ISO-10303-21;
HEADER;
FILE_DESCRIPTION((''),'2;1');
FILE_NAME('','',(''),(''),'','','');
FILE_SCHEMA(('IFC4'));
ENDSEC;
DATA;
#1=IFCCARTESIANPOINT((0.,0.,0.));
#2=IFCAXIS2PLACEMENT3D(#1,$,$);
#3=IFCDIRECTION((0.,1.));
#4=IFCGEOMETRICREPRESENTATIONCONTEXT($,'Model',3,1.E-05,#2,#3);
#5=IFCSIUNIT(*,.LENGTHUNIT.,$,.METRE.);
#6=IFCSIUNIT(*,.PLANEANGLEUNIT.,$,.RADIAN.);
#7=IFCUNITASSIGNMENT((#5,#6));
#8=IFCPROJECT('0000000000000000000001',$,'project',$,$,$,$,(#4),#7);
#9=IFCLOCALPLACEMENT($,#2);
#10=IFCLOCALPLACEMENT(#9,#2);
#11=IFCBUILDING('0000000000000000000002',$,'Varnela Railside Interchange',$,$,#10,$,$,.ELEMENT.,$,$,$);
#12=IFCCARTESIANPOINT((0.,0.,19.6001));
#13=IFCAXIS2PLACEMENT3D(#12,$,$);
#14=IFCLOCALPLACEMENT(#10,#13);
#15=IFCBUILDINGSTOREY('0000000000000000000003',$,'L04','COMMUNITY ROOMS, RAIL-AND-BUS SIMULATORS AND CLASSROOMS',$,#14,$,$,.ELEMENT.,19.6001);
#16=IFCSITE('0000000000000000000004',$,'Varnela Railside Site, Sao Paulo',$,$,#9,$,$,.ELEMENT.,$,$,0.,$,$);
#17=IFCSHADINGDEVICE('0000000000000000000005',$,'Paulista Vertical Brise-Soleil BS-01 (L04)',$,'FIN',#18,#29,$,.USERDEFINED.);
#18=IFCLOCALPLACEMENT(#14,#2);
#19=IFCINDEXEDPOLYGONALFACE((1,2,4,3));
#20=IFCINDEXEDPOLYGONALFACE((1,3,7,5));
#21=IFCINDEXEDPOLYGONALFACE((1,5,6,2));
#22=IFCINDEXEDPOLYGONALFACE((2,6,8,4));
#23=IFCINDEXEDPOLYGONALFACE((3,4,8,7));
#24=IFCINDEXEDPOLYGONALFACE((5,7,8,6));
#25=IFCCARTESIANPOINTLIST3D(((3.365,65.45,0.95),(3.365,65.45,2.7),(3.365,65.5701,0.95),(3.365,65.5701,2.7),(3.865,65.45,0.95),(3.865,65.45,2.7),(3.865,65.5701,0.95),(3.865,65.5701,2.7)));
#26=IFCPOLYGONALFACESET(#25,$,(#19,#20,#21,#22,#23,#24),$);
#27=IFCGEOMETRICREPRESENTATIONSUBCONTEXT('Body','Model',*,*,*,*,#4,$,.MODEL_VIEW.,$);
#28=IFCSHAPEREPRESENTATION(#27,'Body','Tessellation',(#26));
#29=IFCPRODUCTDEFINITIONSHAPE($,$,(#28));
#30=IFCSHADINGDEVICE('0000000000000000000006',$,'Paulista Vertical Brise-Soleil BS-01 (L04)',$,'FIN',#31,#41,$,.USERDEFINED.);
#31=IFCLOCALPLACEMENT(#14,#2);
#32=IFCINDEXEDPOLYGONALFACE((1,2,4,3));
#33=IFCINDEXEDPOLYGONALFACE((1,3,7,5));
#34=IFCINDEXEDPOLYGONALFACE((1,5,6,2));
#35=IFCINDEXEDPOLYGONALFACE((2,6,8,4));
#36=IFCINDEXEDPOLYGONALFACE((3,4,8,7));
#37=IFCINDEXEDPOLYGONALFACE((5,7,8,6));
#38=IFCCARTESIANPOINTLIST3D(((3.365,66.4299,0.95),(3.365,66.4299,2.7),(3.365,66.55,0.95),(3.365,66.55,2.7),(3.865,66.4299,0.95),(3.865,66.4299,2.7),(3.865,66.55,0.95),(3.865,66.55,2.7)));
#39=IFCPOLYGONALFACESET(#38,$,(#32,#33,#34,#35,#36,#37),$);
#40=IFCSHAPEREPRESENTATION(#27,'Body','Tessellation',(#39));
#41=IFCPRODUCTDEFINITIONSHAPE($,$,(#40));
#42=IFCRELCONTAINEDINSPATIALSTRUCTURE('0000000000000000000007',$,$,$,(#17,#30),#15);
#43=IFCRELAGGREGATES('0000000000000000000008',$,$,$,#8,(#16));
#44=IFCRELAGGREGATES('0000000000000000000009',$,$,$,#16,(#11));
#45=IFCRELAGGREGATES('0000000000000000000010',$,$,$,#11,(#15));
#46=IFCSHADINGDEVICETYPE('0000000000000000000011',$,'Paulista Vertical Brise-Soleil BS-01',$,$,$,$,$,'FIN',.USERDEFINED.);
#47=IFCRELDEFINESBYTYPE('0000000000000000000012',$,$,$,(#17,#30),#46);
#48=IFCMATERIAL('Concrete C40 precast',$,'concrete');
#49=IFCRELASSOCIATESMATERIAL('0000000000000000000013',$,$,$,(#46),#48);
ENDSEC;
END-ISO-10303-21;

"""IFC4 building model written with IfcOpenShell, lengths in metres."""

from ifc_helpers import new_model, si_unit, direction, frame, origin, origin_2d, place, context, subcontext, project, spatial, rectangle, extrude, material, type_object, element, save


model = new_model("IFC4")

# Units and contexts
model_context = context("Model", 3, precision=1e-05, world=origin(), true_north=direction((0.0, 1.0)))
body_context = subcontext(model_context, "Body", "Model", "MODEL_VIEW")
ifc_project = project(units=[si_unit("LENGTHUNIT", "METRE"), si_unit("PLANEANGLEUNIT", "RADIAN")], contexts=[model_context])

# Site, building, storey
site_placement = place(None, origin())
site = spatial("IfcSite", under=ifc_project, at=site_placement, Name="Varnela Railside Site, Sao Paulo", CompositionType="ELEMENT", RefElevation=0.0)
building_placement = place(site_placement, origin())
building = spatial("IfcBuilding", under=site, at=building_placement, Name="Varnela Railside Interchange", CompositionType="ELEMENT")
storey_placement = place(building_placement, frame((0.0, 0.0, 19.6001)))
storey = spatial("IfcBuildingStorey", under=building, at=storey_placement, Name="L04", Description="COMMUNITY ROOMS, RAIL-AND-BUS SIMULATORS AND CLASSROOMS", CompositionType="ELEMENT", Elevation=19.6001)

# Shared definitions
ifc_material_1 = material(Name="Concrete C40 precast", Category="concrete")

# Shading devices
shading_device_type = type_object("IfcShadingDeviceType", Name="Paulista Vertical Brise-Soleil BS-01", ElementType="FIN", PredefinedType="USERDEFINED", material=ifc_material_1)
for number, where, z_axis, x_axis, name in (
    (1, (3.615, 65.51, 0.95), (0.0, 0.0, 1.0), (-1.0, 0.0, 0.0), "Paulista Vertical Brise-Soleil BS-01 (L04)"),
    (2, (3.615, 66.49, 0.95), (0.0, 0.0, 1.0), (-1.0, 0.0, 0.0), "Paulista Vertical Brise-Soleil BS-01 (L04)"),
):
    element("IfcShadingDevice", number, at=place(storey_placement, frame(where, z_axis=z_axis, x_axis=x_axis)), inside=storey, type_object=shading_device_type, Name=name, ObjectType="FIN", PredefinedType="USERDEFINED", context=body_context, shape_type="SweptSolid", body=[
        extrude(rectangle(XDim=0.5, YDim=0.1201, at=origin_2d()), origin(), (0.0, 0.0, 1.0), 1.75),
    ])

save(model, "model.ifc")
